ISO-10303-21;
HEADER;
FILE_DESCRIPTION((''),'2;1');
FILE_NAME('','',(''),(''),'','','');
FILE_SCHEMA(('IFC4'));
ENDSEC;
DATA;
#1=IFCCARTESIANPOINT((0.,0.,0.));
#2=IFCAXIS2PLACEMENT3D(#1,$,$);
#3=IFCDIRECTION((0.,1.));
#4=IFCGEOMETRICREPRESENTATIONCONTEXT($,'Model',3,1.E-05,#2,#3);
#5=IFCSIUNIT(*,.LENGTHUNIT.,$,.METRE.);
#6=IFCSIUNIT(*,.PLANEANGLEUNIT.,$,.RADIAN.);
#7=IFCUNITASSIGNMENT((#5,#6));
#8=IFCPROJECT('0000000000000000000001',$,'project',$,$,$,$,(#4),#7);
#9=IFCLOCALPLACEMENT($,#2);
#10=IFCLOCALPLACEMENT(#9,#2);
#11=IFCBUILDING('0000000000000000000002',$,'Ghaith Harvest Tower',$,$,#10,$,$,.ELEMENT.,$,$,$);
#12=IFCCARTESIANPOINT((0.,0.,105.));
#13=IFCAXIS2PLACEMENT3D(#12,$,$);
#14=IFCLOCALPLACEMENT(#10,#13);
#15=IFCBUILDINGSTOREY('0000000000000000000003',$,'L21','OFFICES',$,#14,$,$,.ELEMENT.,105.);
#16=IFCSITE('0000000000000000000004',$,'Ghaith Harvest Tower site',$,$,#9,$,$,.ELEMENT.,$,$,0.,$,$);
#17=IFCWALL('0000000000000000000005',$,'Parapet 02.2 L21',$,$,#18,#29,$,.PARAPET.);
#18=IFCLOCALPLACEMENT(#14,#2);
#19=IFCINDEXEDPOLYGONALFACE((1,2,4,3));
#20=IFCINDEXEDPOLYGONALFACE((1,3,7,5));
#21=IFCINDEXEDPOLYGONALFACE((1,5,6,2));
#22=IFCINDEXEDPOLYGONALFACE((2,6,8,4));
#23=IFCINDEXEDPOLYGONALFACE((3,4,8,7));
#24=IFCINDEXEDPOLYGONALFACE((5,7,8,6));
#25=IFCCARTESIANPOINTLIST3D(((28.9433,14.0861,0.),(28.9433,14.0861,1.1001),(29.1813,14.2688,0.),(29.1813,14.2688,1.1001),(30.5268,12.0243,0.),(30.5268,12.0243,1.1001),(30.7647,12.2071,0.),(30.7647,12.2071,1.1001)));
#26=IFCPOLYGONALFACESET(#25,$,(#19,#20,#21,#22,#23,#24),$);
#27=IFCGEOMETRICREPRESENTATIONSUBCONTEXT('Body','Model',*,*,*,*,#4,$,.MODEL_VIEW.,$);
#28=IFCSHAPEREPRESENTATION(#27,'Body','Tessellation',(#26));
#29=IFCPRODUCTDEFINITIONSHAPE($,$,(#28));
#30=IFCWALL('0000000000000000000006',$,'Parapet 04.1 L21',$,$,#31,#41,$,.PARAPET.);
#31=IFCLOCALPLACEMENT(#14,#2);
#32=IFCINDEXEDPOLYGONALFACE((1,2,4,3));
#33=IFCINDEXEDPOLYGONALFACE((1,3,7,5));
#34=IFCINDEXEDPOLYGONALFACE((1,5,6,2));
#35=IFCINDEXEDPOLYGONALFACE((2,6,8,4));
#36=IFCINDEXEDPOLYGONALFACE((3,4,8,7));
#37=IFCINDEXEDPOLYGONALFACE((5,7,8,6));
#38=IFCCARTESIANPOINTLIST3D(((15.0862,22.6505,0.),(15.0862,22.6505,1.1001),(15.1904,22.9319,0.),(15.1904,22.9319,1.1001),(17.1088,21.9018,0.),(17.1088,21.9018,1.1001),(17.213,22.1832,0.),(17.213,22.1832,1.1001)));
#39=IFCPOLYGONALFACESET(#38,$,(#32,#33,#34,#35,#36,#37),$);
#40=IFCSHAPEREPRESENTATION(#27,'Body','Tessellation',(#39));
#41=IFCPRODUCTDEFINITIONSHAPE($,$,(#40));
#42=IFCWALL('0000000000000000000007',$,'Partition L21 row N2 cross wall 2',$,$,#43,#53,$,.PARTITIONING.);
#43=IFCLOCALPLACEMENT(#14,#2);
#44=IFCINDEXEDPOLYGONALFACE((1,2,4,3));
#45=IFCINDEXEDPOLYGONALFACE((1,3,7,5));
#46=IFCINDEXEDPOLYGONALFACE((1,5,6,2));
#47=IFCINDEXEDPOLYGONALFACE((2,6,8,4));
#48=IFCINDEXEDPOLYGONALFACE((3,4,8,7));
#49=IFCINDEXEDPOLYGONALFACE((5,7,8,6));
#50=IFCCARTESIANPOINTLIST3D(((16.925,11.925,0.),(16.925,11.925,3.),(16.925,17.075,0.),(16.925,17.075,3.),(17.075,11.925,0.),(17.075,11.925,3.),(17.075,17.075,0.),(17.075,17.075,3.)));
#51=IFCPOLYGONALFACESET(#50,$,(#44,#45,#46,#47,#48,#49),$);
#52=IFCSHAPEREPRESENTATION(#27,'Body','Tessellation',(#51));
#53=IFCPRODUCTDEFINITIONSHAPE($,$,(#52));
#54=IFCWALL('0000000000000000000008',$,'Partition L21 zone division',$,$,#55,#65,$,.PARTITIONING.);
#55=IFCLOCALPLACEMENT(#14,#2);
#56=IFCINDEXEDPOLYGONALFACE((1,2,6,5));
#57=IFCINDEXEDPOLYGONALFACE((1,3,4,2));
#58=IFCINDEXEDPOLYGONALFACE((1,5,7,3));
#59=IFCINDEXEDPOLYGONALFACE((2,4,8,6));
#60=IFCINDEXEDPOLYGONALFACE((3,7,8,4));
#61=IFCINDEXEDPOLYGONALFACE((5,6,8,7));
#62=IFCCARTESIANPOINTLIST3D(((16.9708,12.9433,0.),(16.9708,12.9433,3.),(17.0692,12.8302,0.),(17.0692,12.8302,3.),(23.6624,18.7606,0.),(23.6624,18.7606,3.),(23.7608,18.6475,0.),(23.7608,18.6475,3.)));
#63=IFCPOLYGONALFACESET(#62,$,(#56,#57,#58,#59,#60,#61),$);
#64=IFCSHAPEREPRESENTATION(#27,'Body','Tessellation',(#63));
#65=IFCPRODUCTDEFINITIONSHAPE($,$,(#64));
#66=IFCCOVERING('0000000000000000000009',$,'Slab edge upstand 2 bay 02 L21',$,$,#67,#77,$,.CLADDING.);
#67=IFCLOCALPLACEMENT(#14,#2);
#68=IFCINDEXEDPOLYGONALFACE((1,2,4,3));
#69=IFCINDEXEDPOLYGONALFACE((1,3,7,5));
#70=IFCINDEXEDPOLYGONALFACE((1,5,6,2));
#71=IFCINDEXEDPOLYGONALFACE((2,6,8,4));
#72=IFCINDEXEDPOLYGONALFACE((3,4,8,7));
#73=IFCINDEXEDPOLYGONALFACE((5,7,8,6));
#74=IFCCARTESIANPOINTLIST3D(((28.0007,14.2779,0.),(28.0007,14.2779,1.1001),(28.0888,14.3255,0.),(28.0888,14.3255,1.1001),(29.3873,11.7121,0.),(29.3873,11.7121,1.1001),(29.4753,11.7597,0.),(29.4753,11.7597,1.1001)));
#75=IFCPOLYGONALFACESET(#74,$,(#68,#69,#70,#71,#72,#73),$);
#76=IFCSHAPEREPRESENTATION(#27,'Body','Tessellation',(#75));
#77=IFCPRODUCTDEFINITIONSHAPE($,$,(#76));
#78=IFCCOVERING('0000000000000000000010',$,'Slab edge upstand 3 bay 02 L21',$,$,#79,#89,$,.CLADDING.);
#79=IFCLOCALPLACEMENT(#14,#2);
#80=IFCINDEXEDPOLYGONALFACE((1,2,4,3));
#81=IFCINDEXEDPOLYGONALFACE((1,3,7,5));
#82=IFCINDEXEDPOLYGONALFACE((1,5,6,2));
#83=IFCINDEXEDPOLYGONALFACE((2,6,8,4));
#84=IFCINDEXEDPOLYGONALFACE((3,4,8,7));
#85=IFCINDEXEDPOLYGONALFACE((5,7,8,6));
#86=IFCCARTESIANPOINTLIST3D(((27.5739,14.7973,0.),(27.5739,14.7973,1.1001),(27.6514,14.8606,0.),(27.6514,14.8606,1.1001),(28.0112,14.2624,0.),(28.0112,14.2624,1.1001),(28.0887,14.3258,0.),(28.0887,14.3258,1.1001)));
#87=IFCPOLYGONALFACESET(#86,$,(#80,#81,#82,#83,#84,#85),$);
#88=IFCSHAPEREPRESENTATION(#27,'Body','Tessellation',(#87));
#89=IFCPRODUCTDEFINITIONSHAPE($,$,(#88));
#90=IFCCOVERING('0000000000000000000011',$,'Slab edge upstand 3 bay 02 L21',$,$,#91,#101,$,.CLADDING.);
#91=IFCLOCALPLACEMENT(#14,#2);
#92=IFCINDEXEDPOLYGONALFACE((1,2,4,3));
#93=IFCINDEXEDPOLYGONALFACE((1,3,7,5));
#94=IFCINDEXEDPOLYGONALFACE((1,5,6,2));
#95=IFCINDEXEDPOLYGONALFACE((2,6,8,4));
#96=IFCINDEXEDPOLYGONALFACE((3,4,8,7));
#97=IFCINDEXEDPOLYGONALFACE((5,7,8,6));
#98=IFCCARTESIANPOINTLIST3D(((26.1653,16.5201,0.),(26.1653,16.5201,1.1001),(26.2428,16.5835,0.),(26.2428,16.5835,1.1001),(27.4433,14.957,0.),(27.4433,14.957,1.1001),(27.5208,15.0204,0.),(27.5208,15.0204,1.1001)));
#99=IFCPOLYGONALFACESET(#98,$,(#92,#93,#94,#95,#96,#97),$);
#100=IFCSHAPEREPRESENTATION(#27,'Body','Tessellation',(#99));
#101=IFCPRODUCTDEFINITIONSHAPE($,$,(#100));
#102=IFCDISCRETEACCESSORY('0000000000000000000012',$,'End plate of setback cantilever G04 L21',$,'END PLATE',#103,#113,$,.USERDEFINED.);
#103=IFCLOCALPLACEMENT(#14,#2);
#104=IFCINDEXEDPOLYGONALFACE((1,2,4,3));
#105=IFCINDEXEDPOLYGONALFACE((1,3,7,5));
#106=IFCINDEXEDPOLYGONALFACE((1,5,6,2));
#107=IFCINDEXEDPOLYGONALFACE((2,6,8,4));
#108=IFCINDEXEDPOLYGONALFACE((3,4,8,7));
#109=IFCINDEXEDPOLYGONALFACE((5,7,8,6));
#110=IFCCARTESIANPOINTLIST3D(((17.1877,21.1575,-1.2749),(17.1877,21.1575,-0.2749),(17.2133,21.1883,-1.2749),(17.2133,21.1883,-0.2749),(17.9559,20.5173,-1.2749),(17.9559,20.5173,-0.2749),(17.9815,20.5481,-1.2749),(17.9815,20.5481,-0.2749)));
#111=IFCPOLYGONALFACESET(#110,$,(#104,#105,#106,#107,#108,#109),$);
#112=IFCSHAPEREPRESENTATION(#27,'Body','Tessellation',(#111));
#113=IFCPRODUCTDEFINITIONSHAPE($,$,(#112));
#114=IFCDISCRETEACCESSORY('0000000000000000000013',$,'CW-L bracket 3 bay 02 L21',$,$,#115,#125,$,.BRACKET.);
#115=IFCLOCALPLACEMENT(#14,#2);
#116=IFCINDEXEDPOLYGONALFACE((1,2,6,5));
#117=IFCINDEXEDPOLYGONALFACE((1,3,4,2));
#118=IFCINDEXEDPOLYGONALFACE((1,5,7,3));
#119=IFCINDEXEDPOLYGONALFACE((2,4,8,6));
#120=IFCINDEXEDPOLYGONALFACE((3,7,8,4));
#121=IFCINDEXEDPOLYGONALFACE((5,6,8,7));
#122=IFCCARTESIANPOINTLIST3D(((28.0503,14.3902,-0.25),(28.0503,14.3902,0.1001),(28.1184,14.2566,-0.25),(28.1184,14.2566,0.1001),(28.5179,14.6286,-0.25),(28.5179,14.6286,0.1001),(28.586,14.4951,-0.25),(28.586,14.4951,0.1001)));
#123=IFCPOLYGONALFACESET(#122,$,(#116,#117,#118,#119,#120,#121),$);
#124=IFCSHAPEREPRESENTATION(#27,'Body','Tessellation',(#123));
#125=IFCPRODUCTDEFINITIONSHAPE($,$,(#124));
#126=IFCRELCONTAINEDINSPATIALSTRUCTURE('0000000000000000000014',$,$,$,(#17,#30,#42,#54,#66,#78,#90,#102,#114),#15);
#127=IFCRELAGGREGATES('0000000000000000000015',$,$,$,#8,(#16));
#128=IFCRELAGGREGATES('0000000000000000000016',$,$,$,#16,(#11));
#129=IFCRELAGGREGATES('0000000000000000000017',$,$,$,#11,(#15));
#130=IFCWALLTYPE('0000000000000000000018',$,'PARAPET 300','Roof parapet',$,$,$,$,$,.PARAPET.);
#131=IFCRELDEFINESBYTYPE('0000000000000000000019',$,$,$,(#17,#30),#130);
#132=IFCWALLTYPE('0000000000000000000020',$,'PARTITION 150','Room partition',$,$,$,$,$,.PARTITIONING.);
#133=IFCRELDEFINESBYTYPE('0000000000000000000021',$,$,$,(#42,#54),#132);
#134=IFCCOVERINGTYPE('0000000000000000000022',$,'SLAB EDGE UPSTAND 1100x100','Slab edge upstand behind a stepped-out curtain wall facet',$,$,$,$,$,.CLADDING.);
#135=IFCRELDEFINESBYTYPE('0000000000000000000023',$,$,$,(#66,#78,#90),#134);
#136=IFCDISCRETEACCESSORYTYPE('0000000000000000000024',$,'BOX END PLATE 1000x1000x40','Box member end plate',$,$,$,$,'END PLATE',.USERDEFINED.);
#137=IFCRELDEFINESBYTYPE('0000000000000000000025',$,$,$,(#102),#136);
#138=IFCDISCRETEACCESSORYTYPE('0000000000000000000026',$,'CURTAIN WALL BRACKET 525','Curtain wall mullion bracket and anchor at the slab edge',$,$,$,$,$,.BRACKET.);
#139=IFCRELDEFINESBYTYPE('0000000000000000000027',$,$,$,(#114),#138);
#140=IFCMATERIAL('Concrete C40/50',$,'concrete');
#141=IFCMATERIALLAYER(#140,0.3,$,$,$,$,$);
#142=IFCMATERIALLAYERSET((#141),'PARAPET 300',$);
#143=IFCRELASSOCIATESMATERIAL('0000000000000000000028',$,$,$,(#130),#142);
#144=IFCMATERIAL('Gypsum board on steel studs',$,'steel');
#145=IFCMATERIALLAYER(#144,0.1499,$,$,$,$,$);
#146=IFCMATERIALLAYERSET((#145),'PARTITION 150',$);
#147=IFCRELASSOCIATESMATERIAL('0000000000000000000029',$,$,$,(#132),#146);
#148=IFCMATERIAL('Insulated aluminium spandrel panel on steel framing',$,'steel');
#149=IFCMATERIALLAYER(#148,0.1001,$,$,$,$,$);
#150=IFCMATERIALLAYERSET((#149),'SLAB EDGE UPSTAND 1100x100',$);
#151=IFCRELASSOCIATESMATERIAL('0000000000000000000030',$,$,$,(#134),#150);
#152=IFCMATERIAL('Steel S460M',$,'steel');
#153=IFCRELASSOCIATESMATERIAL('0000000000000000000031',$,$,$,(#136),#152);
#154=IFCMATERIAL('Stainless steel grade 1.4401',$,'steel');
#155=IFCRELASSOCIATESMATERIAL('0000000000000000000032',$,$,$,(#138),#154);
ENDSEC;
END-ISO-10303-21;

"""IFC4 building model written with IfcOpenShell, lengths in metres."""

from ifc_helpers import new_model, si_unit, direction, frame, frame_2d, origin, origin_2d, place, context, subcontext, project, spatial, rectangle, extrude, material, layer, layer_set, material_profile, profile_set, type_object, element, save


model = new_model("IFC4")

# Units and contexts
model_context = context("Model", 3, precision=1e-05, world=origin(), true_north=direction((0.0, 1.0)))
body_context = subcontext(model_context, "Body", "Model", "MODEL_VIEW")
ifc_project = project(units=[si_unit("LENGTHUNIT", "METRE"), si_unit("PLANEANGLEUNIT", "RADIAN")], contexts=[model_context])

# Site, building, storey
site_placement = place(None, origin())
site = spatial("IfcSite", under=ifc_project, at=site_placement, Name="Ghaith Harvest Tower site", CompositionType="ELEMENT", RefElevation=0.0)
building_placement = place(site_placement, origin())
building = spatial("IfcBuilding", under=site, at=building_placement, Name="Ghaith Harvest Tower", CompositionType="ELEMENT")
storey_placement = place(building_placement, frame((0.0, 0.0, 105.0)))
storey = spatial("IfcBuildingStorey", under=building, at=storey_placement, Name="L21", Description="OFFICES", CompositionType="ELEMENT", Elevation=105.0)

# Walls
ifc_material_1 = material(Name="Concrete C40/50", Category="concrete")
ifc_layer_1 = layer(ifc_material_1, 0.3)
ifc_layer_set_1 = layer_set([ifc_layer_1], Name="PARAPET 300")
wall_type_1 = type_object("IfcWallType", Name="PARAPET 300", Description="Roof parapet", PredefinedType="PARAPET", material=ifc_layer_set_1)
wall_1_placement = place(storey_placement, frame((30.6458, 12.1157, 0.0), z_axis=(0.0, 0.0, 1.0), x_axis=(-0.609112, 0.793085, 0.0)))
element("IfcWall", 1, at=wall_1_placement, inside=storey, type_object=wall_type_1, Name="Parapet 02.2 L21", PredefinedType="PARAPET", context=body_context, shape_type="SweptSolid", body=[
    extrude(rectangle(XDim=2.5996, YDim=0.3, at=frame_2d((1.2998, 0.0))), origin(), (0.0, 0.0, 1.0), 1.1001),
])
wall_2_placement = place(storey_placement, frame((17.1609, 22.0425, 0.0), z_axis=(0.0, 0.0, 1.0), x_axis=(-0.937805, 0.347163, 0.0)))
element("IfcWall", 2, at=wall_2_placement, inside=storey, type_object=wall_type_1, Name="Parapet 04.1 L21", PredefinedType="PARAPET", context=body_context, shape_type="SweptSolid", body=[
    extrude(rectangle(XDim=2.1567, YDim=0.3, at=frame_2d((1.0784, 0.0))), origin(), (0.0, 0.0, 1.0), 1.1001),
])
ifc_material_2 = material(Name="Gypsum board on steel studs", Category="steel")
ifc_layer_2 = layer(ifc_material_2, 0.1499)
ifc_layer_set_2 = layer_set([ifc_layer_2], Name="PARTITION 150")
wall_type_2 = type_object("IfcWallType", Name="PARTITION 150", Description="Room partition", PredefinedType="PARTITIONING", material=ifc_layer_set_2)
wall_3_placement = place(storey_placement, frame((17.0, 11.925, 0.0), z_axis=(0.0, 0.0, 1.0), x_axis=(0.0, 1.0, 0.0)))
element("IfcWall", 3, at=wall_3_placement, inside=storey, type_object=wall_type_2, Name="Partition L21 row N2 cross wall 2", PredefinedType="PARTITIONING", context=body_context, shape_type="SweptSolid", body=[
    extrude(rectangle(XDim=5.1499, YDim=0.1499, at=frame_2d((2.575, 0.0))), origin(), (0.0, 0.0, 1.0), 3.0),
])
wall_4_placement = place(storey_placement, frame((17.02, 12.8867, 0.0), z_axis=(0.0, 0.0, 1.0), x_axis=(0.754686, 0.656086, 0.0)))
element("IfcWall", 4, at=wall_4_placement, inside=storey, type_object=wall_type_2, Name="Partition L21 zone division", PredefinedType="PARTITIONING", context=body_context, shape_type="SweptSolid", body=[
    extrude(rectangle(XDim=8.8667, YDim=0.1499, at=frame_2d((4.4333, 0.0))), origin(), (0.0, 0.0, 1.0), 3.0),
])

# Coverings
ifc_material_3 = material(Name="Insulated aluminium spandrel panel on steel framing", Category="steel")
ifc_layer_3 = layer(ifc_material_3, 0.1001)
ifc_layer_set_3 = layer_set([ifc_layer_3], Name="SLAB EDGE UPSTAND 1100x100")
covering_type = type_object("IfcCoveringType", Name="SLAB EDGE UPSTAND 1100x100", Description="Slab edge upstand behind a stepped-out curtain wall facet", PredefinedType="CLADDING", material=ifc_layer_set_3)
covering_1_placement = place(storey_placement, frame((28.738, 13.0188, 0.0), z_axis=(0.0, 0.0, 1.0), x_axis=(-0.475409, 0.879765, 0.0)))
element("IfcCovering", 5, at=covering_1_placement, inside=storey, type_object=covering_type, Name="Slab edge upstand 2 bay 02 L21", PredefinedType="CLADDING", context=body_context, shape_type="SweptSolid", body=[
    extrude(rectangle(XDim=2.9165, YDim=0.1001, at=origin_2d()), origin(), (0.0, 0.0, 1.0), 1.1001),
])
covering_2_placement = place(storey_placement, frame((27.8313, 14.5615, 0.0), z_axis=(0.0, 0.0, 1.0), x_axis=(-0.63297, 0.774177, 0.0)))
element("IfcCovering", 6, at=covering_2_placement, inside=storey, type_object=covering_type, Name="Slab edge upstand 3 bay 02 L21", PredefinedType="CLADDING", context=body_context, shape_type="SweptSolid", body=[
    extrude(rectangle(XDim=0.6909, YDim=0.1001, at=origin_2d()), origin(), (0.0, 0.0, 1.0), 1.1001),
])
covering_3_placement = place(storey_placement, frame((26.843, 15.7703, 0.0), z_axis=(0.0, 0.0, 1.0), x_axis=(-0.63297, 0.774177, 0.0)))
element("IfcCovering", 7, at=covering_3_placement, inside=storey, type_object=covering_type, Name="Slab edge upstand 3 bay 02 L21", PredefinedType="CLADDING", context=body_context, shape_type="SweptSolid", body=[
    extrude(rectangle(XDim=2.019, YDim=0.1001, at=origin_2d()), origin(), (0.0, 0.0, 1.0), 1.1001),
])

# Discrete accessories
ifc_material_4 = material(Name="Steel S460M", Category="steel")
ifc_material_profile_1 = material_profile(ifc_material_4, rectangle(XDim=1.0, YDim=1.0, at=origin_2d()), Name="BOX END PLATE 1000x1000x40")
ifc_profile_set_1 = profile_set([ifc_material_profile_1], Name="Steel S460M")
discrete_accessory_type_1 = type_object("IfcDiscreteAccessoryType", Name="BOX END PLATE 1000x1000x40", Description="Box member end plate", ElementType="END PLATE", PredefinedType="USERDEFINED", material=ifc_profile_set_1)
discrete_accessory_1_placement = place(storey_placement, frame((17.5718, 20.8374, -0.7749), z_axis=(0.640184, 0.768221, 0.0), x_axis=(-0.768221, 0.640184, 0.0)))
element("IfcDiscreteAccessory", 8, at=discrete_accessory_1_placement, inside=storey, type_object=discrete_accessory_type_1, Name="End plate of setback cantilever G04 L21", ObjectType="END PLATE", PredefinedType="USERDEFINED", context=body_context, shape_type="SweptSolid", body=[
    extrude(rectangle(XDim=1.0, YDim=1.0, at=origin_2d()), origin(), (0.0, 0.0, 1.0), 0.04),
])
ifc_material_5 = material(Name="Stainless steel grade 1.4401", Category="steel")
discrete_accessory_type_2 = type_object("IfcDiscreteAccessoryType", Name="CURTAIN WALL BRACKET 525", Description="Curtain wall mullion bracket and anchor at the slab edge", PredefinedType="BRACKET", material=ifc_material_5)
discrete_accessory_2_placement = place(storey_placement, frame((28.3181, 14.4426, -0.25), z_axis=(0.0, 0.0, 1.0), x_axis=(0.890831, 0.454335, 0.0)))
element("IfcDiscreteAccessory", 9, at=discrete_accessory_2_placement, inside=storey, type_object=discrete_accessory_type_2, Name="CW-L bracket 3 bay 02 L21", PredefinedType="BRACKET", context=body_context, shape_type="SweptSolid", body=[
    extrude(rectangle(XDim=0.5249, YDim=0.1499, at=origin_2d()), origin(), (0.0, 0.0, 1.0), 0.3501),
])

save(model, "model.ifc")
